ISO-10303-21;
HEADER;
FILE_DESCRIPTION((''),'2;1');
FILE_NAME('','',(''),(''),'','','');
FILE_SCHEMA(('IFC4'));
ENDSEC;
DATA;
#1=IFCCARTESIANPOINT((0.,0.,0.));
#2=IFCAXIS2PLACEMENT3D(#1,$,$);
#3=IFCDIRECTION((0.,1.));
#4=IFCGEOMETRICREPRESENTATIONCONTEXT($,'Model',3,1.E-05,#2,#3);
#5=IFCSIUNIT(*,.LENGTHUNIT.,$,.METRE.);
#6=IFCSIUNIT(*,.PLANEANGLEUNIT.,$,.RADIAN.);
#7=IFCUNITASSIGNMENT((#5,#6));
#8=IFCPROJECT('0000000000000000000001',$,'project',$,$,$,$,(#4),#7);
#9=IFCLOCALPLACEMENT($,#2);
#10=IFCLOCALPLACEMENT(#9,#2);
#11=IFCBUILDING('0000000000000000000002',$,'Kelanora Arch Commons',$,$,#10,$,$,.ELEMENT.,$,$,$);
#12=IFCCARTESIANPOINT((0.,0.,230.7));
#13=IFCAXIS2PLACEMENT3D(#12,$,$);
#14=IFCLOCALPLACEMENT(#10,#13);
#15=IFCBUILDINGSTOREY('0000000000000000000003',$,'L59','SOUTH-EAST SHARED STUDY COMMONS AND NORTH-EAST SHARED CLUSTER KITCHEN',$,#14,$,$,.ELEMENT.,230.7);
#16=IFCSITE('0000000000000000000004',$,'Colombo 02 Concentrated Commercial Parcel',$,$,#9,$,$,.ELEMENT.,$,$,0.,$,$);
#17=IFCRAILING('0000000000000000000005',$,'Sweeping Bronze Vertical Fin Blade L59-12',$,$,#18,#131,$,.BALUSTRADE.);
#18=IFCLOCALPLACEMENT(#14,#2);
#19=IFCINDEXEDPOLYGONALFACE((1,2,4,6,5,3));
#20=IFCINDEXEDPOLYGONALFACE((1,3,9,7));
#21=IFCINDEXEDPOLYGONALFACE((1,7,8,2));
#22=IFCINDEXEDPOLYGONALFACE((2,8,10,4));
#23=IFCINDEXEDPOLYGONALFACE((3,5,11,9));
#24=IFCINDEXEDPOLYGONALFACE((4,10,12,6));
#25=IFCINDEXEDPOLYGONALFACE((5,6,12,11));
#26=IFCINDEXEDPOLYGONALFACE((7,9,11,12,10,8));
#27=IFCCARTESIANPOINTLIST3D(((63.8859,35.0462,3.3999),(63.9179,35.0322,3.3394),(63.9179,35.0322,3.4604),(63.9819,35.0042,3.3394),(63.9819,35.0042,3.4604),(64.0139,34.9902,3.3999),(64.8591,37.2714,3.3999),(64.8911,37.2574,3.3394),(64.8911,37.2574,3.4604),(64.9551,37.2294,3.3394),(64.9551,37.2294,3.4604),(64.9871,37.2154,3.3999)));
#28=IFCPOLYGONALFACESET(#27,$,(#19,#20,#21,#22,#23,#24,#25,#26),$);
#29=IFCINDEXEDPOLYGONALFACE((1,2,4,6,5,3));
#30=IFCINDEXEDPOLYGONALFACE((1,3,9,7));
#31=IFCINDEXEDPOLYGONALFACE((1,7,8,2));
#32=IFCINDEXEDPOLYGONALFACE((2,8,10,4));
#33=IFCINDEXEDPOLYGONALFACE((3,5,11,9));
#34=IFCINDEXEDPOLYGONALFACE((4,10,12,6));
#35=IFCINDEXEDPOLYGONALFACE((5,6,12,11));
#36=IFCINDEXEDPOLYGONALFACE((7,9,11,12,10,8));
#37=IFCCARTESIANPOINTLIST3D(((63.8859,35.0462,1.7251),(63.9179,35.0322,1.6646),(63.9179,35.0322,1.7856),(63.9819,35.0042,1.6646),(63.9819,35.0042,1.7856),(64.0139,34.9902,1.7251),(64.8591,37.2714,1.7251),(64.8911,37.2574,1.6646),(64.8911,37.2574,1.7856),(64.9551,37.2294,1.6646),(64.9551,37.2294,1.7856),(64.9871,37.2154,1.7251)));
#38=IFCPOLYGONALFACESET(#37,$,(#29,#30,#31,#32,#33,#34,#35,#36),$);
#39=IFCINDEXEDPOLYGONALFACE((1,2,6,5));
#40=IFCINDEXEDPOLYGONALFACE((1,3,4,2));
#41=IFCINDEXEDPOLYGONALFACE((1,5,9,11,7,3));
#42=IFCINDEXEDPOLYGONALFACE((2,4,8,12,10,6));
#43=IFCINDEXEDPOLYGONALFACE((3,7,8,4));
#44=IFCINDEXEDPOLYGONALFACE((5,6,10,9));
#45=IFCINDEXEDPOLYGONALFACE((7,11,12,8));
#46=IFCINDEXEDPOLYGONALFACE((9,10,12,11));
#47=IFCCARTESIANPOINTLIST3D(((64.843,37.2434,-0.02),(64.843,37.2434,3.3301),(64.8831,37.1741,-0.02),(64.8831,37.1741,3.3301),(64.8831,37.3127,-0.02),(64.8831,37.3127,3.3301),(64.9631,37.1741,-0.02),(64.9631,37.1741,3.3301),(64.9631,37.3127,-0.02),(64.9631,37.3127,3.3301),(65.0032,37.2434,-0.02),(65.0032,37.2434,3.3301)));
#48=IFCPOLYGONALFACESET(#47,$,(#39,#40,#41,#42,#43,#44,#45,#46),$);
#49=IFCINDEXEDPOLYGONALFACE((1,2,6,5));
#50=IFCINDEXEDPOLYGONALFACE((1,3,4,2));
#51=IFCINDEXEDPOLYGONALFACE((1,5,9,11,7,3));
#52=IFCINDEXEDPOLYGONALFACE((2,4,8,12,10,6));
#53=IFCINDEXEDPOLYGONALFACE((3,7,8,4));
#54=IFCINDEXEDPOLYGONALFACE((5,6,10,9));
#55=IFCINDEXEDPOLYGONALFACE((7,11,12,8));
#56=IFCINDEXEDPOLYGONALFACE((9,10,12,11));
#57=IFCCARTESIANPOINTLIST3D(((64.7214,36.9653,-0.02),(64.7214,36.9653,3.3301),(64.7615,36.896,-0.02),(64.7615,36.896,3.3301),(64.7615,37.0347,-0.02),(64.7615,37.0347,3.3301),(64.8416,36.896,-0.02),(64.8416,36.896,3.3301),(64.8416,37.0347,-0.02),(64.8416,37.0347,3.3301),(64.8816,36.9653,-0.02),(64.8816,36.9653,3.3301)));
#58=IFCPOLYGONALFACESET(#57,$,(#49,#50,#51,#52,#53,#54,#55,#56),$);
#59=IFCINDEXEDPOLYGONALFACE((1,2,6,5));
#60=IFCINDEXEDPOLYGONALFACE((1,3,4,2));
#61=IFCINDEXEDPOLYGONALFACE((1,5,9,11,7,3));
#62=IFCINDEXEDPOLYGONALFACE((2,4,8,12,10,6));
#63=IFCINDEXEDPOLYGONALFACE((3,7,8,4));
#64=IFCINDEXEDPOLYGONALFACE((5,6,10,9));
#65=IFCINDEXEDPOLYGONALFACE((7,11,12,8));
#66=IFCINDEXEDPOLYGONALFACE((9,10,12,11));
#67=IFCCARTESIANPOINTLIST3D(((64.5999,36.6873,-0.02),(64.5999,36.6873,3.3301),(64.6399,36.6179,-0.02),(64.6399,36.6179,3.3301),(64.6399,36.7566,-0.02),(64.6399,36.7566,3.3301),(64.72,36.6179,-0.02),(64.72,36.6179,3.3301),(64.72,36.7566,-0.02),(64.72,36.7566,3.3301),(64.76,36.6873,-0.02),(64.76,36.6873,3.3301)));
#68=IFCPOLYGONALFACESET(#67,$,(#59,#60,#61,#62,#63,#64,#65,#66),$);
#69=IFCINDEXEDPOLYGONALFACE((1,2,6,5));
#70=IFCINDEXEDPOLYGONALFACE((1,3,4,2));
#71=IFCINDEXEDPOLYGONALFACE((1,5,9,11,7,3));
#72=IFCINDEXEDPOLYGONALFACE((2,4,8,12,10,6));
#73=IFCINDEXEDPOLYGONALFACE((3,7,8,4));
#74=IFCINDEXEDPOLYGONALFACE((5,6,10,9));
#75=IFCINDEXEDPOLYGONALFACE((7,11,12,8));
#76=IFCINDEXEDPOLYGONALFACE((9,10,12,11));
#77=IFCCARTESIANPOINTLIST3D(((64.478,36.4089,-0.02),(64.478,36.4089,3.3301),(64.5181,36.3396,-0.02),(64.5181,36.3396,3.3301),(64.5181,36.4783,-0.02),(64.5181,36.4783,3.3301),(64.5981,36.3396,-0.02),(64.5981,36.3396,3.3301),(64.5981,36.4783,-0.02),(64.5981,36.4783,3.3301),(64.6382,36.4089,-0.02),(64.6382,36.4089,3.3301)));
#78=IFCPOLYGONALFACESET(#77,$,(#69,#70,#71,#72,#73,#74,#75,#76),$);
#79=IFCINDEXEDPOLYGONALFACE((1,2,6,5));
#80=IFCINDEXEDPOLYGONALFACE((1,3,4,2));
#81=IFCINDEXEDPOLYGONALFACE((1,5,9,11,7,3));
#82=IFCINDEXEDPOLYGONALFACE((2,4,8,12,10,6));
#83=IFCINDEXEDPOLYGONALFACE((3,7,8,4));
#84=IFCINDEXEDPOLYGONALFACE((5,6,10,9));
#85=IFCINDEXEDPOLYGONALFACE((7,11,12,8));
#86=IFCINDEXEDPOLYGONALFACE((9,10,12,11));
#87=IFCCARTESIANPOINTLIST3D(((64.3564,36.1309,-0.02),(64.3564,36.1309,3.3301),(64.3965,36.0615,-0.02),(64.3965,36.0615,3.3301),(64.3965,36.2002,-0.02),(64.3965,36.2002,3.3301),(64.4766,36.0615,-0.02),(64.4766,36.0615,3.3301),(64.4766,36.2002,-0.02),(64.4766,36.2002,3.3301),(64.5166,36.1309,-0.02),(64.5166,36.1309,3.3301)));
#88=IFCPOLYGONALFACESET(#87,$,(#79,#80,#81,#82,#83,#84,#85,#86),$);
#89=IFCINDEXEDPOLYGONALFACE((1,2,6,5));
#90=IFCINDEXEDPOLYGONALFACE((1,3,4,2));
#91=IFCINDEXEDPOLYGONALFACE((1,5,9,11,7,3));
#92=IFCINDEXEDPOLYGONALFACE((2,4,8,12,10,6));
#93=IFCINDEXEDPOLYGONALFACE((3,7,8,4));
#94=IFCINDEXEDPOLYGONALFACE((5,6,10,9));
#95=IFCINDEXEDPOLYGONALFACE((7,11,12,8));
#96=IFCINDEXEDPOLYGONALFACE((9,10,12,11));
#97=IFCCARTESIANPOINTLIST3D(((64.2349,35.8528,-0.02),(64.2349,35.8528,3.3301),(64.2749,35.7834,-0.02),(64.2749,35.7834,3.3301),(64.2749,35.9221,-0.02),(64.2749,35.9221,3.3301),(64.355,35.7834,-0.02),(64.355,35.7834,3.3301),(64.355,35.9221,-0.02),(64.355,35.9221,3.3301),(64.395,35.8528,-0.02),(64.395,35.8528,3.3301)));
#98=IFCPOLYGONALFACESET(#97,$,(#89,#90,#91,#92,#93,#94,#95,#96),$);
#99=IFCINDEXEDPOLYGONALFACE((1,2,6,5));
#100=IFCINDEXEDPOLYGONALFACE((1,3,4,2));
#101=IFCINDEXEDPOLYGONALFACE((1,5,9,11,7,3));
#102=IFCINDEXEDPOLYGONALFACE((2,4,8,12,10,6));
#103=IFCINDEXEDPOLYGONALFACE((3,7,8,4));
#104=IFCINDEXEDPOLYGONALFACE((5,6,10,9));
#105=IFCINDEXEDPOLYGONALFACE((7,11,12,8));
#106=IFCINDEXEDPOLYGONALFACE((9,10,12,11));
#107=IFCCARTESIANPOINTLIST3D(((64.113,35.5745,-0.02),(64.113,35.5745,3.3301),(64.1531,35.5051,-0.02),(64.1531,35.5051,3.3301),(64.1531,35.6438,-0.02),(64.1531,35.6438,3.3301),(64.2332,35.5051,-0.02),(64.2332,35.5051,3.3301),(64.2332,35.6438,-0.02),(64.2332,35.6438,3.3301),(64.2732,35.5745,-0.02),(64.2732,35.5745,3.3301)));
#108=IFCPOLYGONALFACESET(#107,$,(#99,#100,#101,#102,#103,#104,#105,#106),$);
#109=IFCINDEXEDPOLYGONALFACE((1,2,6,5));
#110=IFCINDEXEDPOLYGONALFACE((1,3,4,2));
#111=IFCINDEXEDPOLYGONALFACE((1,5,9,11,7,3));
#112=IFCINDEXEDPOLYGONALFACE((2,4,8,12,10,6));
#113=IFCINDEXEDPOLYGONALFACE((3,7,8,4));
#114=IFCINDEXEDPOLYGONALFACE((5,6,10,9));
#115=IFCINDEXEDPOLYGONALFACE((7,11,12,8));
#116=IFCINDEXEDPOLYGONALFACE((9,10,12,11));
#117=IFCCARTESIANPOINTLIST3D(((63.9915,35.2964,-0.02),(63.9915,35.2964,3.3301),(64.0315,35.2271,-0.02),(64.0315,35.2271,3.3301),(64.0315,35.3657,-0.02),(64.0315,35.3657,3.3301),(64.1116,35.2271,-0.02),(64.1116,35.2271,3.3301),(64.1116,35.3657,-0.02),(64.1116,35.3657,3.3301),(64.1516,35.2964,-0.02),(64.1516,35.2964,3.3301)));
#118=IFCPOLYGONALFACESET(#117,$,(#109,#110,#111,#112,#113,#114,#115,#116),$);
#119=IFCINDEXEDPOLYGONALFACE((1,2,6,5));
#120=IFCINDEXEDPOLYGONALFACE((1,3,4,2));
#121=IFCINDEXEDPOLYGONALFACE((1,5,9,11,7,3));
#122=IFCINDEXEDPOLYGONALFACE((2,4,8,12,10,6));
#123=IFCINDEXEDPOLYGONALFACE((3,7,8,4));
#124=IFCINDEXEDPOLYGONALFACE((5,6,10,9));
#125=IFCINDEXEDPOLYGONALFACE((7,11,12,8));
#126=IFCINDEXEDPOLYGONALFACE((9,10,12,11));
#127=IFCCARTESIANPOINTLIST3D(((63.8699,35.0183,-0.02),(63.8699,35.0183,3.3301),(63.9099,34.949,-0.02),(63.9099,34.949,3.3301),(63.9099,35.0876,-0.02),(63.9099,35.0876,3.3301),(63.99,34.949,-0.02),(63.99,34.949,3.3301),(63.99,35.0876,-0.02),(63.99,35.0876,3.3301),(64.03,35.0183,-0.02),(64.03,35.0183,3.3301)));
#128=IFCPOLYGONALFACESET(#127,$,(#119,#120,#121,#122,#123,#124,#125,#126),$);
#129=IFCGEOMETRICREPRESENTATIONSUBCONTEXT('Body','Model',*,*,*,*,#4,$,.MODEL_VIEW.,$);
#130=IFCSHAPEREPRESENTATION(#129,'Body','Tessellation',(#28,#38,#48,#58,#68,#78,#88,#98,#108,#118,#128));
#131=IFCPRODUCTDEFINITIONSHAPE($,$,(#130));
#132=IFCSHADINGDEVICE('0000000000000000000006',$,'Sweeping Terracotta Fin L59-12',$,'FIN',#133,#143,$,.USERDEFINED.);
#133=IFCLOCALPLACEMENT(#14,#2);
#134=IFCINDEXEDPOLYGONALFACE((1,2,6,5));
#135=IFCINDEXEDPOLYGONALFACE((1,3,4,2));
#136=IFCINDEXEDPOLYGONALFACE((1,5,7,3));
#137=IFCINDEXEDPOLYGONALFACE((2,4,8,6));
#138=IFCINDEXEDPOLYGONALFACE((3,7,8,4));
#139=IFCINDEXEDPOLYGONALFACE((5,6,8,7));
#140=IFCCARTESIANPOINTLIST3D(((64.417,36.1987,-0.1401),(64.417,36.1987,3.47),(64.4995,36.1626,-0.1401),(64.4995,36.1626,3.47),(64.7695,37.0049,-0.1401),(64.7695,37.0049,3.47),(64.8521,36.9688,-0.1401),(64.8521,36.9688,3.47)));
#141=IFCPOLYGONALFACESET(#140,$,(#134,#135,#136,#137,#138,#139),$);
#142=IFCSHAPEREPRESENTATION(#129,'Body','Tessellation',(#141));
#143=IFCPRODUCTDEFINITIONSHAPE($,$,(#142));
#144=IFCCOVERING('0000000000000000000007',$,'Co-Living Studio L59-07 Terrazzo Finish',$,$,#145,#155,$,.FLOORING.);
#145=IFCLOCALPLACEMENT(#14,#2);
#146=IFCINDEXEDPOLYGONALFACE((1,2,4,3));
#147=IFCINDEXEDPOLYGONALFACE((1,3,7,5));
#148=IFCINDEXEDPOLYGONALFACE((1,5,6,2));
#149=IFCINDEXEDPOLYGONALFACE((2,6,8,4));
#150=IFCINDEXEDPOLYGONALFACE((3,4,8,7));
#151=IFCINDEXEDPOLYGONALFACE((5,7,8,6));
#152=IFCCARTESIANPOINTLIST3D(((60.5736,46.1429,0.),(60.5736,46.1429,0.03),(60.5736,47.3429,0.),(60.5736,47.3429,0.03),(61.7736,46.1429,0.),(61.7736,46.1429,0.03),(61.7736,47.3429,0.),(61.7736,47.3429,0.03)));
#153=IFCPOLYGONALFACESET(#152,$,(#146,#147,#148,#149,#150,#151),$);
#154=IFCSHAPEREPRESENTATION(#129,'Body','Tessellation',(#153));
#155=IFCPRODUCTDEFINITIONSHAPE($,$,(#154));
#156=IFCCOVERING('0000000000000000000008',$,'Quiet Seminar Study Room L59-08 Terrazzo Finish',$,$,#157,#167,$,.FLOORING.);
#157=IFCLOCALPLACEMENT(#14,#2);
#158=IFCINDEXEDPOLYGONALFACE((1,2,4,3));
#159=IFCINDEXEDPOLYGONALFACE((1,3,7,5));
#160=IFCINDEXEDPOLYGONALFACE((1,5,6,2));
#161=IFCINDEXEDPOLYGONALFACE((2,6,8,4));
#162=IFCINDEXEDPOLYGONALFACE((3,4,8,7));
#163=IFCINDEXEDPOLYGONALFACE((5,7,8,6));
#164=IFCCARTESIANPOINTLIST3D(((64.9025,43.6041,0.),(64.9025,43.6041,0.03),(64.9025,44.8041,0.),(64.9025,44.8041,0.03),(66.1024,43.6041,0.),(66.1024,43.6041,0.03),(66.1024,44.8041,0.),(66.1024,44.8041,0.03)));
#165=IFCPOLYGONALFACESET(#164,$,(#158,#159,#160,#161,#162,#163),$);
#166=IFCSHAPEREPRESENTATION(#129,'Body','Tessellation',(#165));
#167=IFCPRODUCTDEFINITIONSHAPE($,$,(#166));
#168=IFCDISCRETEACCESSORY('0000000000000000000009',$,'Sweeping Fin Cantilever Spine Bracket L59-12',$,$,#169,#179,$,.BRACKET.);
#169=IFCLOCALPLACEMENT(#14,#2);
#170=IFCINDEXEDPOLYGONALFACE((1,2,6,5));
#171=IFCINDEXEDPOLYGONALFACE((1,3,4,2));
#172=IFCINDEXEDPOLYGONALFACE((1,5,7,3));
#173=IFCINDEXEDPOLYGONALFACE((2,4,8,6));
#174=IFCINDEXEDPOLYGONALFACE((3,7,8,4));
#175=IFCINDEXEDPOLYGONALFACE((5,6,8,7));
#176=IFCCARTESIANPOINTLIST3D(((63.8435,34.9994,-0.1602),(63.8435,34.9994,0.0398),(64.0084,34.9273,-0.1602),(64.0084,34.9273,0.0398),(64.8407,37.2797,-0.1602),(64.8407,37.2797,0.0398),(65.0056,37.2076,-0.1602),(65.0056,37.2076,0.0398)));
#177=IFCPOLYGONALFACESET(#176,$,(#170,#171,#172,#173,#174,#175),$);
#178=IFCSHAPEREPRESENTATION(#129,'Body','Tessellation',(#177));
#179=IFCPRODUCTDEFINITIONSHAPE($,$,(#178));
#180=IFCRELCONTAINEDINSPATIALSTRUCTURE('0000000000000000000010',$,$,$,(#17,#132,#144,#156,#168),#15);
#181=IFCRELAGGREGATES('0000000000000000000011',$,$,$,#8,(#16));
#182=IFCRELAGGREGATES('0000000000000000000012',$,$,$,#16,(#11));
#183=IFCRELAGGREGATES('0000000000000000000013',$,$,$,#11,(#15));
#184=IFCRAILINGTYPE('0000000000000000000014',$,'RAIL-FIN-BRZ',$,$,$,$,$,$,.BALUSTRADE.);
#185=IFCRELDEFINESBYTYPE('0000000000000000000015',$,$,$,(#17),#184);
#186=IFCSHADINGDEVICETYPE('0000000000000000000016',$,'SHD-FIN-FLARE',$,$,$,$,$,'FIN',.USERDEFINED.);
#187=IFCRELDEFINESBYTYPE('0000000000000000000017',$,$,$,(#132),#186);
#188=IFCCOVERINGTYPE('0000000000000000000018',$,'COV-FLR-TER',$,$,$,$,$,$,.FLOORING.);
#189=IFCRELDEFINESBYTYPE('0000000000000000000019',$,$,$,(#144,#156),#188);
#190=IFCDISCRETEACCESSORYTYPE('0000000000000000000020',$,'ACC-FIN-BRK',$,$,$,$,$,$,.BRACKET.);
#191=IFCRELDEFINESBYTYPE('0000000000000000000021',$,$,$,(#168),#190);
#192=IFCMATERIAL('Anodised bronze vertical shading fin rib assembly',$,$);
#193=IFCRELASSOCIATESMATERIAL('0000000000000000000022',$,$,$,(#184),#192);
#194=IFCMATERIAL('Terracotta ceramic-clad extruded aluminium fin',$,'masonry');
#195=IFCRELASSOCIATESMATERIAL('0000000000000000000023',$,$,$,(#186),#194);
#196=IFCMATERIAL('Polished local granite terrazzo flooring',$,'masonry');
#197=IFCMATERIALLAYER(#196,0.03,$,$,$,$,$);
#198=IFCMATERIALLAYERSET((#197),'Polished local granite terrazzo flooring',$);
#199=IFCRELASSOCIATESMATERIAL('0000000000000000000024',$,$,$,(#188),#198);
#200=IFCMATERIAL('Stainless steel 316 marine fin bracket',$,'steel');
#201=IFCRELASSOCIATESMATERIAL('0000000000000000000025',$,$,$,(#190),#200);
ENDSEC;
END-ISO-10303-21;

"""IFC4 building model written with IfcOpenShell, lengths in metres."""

from ifc_helpers import new_model, si_unit, direction, frame, origin, origin_2d, place, context, subcontext, project, spatial, polyline, rectangle, outline, extrude, source, transform, mapped, material, layer, layer_set, type_object, element, save


model = new_model("IFC4")

# Units and contexts
model_context = context("Model", 3, precision=1e-05, world=origin(), true_north=direction((0.0, 1.0)))
body_context = subcontext(model_context, "Body", "Model", "MODEL_VIEW")
ifc_project = project(units=[si_unit("LENGTHUNIT", "METRE"), si_unit("PLANEANGLEUNIT", "RADIAN")], contexts=[model_context])

# Site, building, storey
site_placement = place(None, origin())
site = spatial("IfcSite", under=ifc_project, at=site_placement, Name="Colombo 02 Concentrated Commercial Parcel", CompositionType="ELEMENT", RefElevation=0.0)
building_placement = place(site_placement, origin())
building = spatial("IfcBuilding", under=site, at=building_placement, Name="Kelanora Arch Commons", CompositionType="ELEMENT")
storey_placement = place(building_placement, frame((0.0, 0.0, 230.7)))
storey = spatial("IfcBuildingStorey", under=building, at=storey_placement, Name="L59", Description="SOUTH-EAST SHARED STUDY COMMONS AND NORTH-EAST SHARED CLUSTER KITCHEN", CompositionType="ELEMENT", Elevation=230.7)

# Railing
ifc_material_1 = material(Name="Anodised bronze vertical shading fin rib assembly")
railing_type = type_object("IfcRailingType", Name="RAIL-FIN-BRZ", PredefinedType="BALUSTRADE", material=ifc_material_1)
railing_placement = place(storey_placement, frame((64.9231, 37.2434, -0.02)))
element("IfcRailing", 1, at=railing_placement, inside=storey, type_object=railing_type, Name="Sweeping Bronze Vertical Fin Blade L59-12", PredefinedType="BALUSTRADE", context=body_context, shape_type="SweptSolid", body=[
    extrude(outline(polyline([(0.0698, 0.0), (0.0349, 0.0605), (-0.0349, 0.0605), (-0.0698, 0.0), (-0.0349, -0.0605), (0.0349, -0.0605), (0.0698, 0.0)])), frame((0.0, 0.0, 3.4199), z_axis=(-0.400703, -0.916208, 0.0), x_axis=(0.916208, -0.400703, 0.0)), (0.0, 0.0, 1.0), 2.4287),
    extrude(outline(polyline([(0.0698, 0.0), (0.0349, 0.0605), (-0.0349, 0.0605), (-0.0698, 0.0), (-0.0349, -0.0605), (0.0349, -0.0605), (0.0698, 0.0)])), frame((0.0, 0.0, 1.7451), z_axis=(-0.400703, -0.916208, 0.0), x_axis=(0.916208, -0.400703, 0.0)), (0.0, 0.0, 1.0), 2.4287),
    extrude(outline(polyline([(0.0801, 0.0), (0.04, 0.0693), (-0.04, 0.0693), (-0.0801, 0.0), (-0.04, -0.0693), (0.04, -0.0693), (0.0801, 0.0)])), origin(), (0.0, 0.0, 1.0), 3.3501),
    extrude(outline(polyline([(0.0801, 0.0), (0.04, 0.0693), (-0.04, 0.0693), (-0.0801, 0.0), (-0.04, -0.0693), (0.04, -0.0693), (0.0801, 0.0)])), frame((-0.1216, -0.2781, 0.0)), (0.0, 0.0, 1.0), 3.3501),
    extrude(outline(polyline([(0.0801, 0.0), (0.04, 0.0693), (-0.04, 0.0693), (-0.0801, 0.0), (-0.04, -0.0693), (0.04, -0.0693), (0.0801, 0.0)])), frame((-0.2432, -0.5562, 0.0)), (0.0, 0.0, 1.0), 3.3501),
    extrude(outline(polyline([(0.0801, 0.0), (0.04, 0.0693), (-0.04, 0.0693), (-0.0801, 0.0), (-0.04, -0.0693), (0.04, -0.0693), (0.0801, 0.0)])), frame((-0.365, -0.8345, 0.0)), (0.0, 0.0, 1.0), 3.3501),
    extrude(outline(polyline([(0.0801, 0.0), (0.04, 0.0693), (-0.04, 0.0693), (-0.0801, 0.0), (-0.04, -0.0693), (0.04, -0.0693), (0.0801, 0.0)])), frame((-0.4866, -1.1125, 0.0)), (0.0, 0.0, 1.0), 3.3501),
    extrude(outline(polyline([(0.0801, 0.0), (0.04, 0.0693), (-0.04, 0.0693), (-0.0801, 0.0), (-0.04, -0.0693), (0.04, -0.0693), (0.0801, 0.0)])), frame((-0.6082, -1.3906, 0.0)), (0.0, 0.0, 1.0), 3.3501),
    extrude(outline(polyline([(0.0801, 0.0), (0.04, 0.0693), (-0.04, 0.0693), (-0.0801, 0.0), (-0.04, -0.0693), (0.04, -0.0693), (0.0801, 0.0)])), frame((-0.73, -1.6689, 0.0)), (0.0, 0.0, 1.0), 3.3501),
    extrude(outline(polyline([(0.0801, 0.0), (0.04, 0.0693), (-0.04, 0.0693), (-0.0801, 0.0), (-0.04, -0.0693), (0.04, -0.0693), (0.0801, 0.0)])), frame((-0.8516, -1.947, 0.0)), (0.0, 0.0, 1.0), 3.3501),
    extrude(outline(polyline([(0.0801, 0.0), (0.04, 0.0693), (-0.04, 0.0693), (-0.0801, 0.0), (-0.04, -0.0693), (0.04, -0.0693), (0.0801, 0.0)])), frame((-0.9731, -2.2251, 0.0)), (0.0, 0.0, 1.0), 3.3501),
])

# Shading device
ifc_material_2 = material(Name="Terracotta ceramic-clad extruded aluminium fin", Category="masonry")
shading_device_type = type_object("IfcShadingDeviceType", Name="SHD-FIN-FLARE", ElementType="FIN", PredefinedType="USERDEFINED", material=ifc_material_2)
shared_shape_1 = source(origin(), body_context, "Body", "SweptSolid", [
    extrude(rectangle(XDim=0.8799, YDim=0.0901, at=origin_2d()), origin(), (0.0, 0.0, 1.0), 3.6101),
])
shading_device_placement = place(storey_placement, frame((64.6345, 36.5837, -0.1401), z_axis=(0.0, 0.0, 1.0), x_axis=(-0.400669, -0.916223, 0.0)))
element("IfcShadingDevice", 2, at=shading_device_placement, inside=storey, type_object=shading_device_type, Name="Sweeping Terracotta Fin L59-12", ObjectType="FIN", PredefinedType="USERDEFINED", context=body_context, shape_type="MappedRepresentation", body=[
    mapped(shared_shape_1, transform((0.0, 0.0, 0.0), scale=1.0)),
])

# Coverings
ifc_material_3 = material(Name="Polished local granite terrazzo flooring", Category="masonry")
ifc_layer_1 = layer(ifc_material_3, 0.03)
ifc_layer_set_1 = layer_set([ifc_layer_1], Name="Polished local granite terrazzo flooring")
covering_type = type_object("IfcCoveringType", Name="COV-FLR-TER", PredefinedType="FLOORING", material=ifc_layer_set_1)
shared_shape_2 = source(origin(), body_context, "Body", "SweptSolid", [
    extrude(rectangle(XDim=1.2, YDim=1.2, at=origin_2d()), origin(), (0.0, 0.0, 1.0), 0.03),
])
for number, where, z_axis, x_axis, name in (
    (3, (61.1736, 46.7429, 0.0), (0.0, 0.0, 1.0), (1.0, 0.0, 0.0), "Co-Living Studio L59-07 Terrazzo Finish"),
    (4, (65.5024, 44.2041, 0.0), (0.0, 0.0, 1.0), (1.0, 0.0, 0.0), "Quiet Seminar Study Room L59-08 Terrazzo Finish"),
):
    element("IfcCovering", number, at=place(storey_placement, frame(where, z_axis=z_axis, x_axis=x_axis)), inside=storey, type_object=covering_type, Name=name, PredefinedType="FLOORING", context=body_context, shape_type="MappedRepresentation", body=[
        mapped(shared_shape_2, transform((0.0, 0.0, 0.0), scale=1.0)),
    ])

# Discrete accessory
ifc_material_4 = material(Name="Stainless steel 316 marine fin bracket", Category="steel")
discrete_accessory_type = type_object("IfcDiscreteAccessoryType", Name="ACC-FIN-BRK", PredefinedType="BRACKET", material=ifc_material_4)
shared_shape_3 = source(origin(), body_context, "Body", "SweptSolid", [
    extrude(rectangle(XDim=2.4888, YDim=0.1799, at=origin_2d()), origin(), (0.0, 0.0, 1.0), 0.2),
])
discrete_accessory_placement = place(storey_placement, frame((64.4246, 36.1035, -0.1602), z_axis=(0.0, 0.0, 1.0), x_axis=(-0.400669, -0.916223, 0.0)))
element("IfcDiscreteAccessory", 5, at=discrete_accessory_placement, inside=storey, type_object=discrete_accessory_type, Name="Sweeping Fin Cantilever Spine Bracket L59-12", PredefinedType="BRACKET", context=body_context, shape_type="MappedRepresentation", body=[
    mapped(shared_shape_3, transform((0.0, 0.0, 0.0), scale=1.0)),
])

save(model, "model.ifc")
